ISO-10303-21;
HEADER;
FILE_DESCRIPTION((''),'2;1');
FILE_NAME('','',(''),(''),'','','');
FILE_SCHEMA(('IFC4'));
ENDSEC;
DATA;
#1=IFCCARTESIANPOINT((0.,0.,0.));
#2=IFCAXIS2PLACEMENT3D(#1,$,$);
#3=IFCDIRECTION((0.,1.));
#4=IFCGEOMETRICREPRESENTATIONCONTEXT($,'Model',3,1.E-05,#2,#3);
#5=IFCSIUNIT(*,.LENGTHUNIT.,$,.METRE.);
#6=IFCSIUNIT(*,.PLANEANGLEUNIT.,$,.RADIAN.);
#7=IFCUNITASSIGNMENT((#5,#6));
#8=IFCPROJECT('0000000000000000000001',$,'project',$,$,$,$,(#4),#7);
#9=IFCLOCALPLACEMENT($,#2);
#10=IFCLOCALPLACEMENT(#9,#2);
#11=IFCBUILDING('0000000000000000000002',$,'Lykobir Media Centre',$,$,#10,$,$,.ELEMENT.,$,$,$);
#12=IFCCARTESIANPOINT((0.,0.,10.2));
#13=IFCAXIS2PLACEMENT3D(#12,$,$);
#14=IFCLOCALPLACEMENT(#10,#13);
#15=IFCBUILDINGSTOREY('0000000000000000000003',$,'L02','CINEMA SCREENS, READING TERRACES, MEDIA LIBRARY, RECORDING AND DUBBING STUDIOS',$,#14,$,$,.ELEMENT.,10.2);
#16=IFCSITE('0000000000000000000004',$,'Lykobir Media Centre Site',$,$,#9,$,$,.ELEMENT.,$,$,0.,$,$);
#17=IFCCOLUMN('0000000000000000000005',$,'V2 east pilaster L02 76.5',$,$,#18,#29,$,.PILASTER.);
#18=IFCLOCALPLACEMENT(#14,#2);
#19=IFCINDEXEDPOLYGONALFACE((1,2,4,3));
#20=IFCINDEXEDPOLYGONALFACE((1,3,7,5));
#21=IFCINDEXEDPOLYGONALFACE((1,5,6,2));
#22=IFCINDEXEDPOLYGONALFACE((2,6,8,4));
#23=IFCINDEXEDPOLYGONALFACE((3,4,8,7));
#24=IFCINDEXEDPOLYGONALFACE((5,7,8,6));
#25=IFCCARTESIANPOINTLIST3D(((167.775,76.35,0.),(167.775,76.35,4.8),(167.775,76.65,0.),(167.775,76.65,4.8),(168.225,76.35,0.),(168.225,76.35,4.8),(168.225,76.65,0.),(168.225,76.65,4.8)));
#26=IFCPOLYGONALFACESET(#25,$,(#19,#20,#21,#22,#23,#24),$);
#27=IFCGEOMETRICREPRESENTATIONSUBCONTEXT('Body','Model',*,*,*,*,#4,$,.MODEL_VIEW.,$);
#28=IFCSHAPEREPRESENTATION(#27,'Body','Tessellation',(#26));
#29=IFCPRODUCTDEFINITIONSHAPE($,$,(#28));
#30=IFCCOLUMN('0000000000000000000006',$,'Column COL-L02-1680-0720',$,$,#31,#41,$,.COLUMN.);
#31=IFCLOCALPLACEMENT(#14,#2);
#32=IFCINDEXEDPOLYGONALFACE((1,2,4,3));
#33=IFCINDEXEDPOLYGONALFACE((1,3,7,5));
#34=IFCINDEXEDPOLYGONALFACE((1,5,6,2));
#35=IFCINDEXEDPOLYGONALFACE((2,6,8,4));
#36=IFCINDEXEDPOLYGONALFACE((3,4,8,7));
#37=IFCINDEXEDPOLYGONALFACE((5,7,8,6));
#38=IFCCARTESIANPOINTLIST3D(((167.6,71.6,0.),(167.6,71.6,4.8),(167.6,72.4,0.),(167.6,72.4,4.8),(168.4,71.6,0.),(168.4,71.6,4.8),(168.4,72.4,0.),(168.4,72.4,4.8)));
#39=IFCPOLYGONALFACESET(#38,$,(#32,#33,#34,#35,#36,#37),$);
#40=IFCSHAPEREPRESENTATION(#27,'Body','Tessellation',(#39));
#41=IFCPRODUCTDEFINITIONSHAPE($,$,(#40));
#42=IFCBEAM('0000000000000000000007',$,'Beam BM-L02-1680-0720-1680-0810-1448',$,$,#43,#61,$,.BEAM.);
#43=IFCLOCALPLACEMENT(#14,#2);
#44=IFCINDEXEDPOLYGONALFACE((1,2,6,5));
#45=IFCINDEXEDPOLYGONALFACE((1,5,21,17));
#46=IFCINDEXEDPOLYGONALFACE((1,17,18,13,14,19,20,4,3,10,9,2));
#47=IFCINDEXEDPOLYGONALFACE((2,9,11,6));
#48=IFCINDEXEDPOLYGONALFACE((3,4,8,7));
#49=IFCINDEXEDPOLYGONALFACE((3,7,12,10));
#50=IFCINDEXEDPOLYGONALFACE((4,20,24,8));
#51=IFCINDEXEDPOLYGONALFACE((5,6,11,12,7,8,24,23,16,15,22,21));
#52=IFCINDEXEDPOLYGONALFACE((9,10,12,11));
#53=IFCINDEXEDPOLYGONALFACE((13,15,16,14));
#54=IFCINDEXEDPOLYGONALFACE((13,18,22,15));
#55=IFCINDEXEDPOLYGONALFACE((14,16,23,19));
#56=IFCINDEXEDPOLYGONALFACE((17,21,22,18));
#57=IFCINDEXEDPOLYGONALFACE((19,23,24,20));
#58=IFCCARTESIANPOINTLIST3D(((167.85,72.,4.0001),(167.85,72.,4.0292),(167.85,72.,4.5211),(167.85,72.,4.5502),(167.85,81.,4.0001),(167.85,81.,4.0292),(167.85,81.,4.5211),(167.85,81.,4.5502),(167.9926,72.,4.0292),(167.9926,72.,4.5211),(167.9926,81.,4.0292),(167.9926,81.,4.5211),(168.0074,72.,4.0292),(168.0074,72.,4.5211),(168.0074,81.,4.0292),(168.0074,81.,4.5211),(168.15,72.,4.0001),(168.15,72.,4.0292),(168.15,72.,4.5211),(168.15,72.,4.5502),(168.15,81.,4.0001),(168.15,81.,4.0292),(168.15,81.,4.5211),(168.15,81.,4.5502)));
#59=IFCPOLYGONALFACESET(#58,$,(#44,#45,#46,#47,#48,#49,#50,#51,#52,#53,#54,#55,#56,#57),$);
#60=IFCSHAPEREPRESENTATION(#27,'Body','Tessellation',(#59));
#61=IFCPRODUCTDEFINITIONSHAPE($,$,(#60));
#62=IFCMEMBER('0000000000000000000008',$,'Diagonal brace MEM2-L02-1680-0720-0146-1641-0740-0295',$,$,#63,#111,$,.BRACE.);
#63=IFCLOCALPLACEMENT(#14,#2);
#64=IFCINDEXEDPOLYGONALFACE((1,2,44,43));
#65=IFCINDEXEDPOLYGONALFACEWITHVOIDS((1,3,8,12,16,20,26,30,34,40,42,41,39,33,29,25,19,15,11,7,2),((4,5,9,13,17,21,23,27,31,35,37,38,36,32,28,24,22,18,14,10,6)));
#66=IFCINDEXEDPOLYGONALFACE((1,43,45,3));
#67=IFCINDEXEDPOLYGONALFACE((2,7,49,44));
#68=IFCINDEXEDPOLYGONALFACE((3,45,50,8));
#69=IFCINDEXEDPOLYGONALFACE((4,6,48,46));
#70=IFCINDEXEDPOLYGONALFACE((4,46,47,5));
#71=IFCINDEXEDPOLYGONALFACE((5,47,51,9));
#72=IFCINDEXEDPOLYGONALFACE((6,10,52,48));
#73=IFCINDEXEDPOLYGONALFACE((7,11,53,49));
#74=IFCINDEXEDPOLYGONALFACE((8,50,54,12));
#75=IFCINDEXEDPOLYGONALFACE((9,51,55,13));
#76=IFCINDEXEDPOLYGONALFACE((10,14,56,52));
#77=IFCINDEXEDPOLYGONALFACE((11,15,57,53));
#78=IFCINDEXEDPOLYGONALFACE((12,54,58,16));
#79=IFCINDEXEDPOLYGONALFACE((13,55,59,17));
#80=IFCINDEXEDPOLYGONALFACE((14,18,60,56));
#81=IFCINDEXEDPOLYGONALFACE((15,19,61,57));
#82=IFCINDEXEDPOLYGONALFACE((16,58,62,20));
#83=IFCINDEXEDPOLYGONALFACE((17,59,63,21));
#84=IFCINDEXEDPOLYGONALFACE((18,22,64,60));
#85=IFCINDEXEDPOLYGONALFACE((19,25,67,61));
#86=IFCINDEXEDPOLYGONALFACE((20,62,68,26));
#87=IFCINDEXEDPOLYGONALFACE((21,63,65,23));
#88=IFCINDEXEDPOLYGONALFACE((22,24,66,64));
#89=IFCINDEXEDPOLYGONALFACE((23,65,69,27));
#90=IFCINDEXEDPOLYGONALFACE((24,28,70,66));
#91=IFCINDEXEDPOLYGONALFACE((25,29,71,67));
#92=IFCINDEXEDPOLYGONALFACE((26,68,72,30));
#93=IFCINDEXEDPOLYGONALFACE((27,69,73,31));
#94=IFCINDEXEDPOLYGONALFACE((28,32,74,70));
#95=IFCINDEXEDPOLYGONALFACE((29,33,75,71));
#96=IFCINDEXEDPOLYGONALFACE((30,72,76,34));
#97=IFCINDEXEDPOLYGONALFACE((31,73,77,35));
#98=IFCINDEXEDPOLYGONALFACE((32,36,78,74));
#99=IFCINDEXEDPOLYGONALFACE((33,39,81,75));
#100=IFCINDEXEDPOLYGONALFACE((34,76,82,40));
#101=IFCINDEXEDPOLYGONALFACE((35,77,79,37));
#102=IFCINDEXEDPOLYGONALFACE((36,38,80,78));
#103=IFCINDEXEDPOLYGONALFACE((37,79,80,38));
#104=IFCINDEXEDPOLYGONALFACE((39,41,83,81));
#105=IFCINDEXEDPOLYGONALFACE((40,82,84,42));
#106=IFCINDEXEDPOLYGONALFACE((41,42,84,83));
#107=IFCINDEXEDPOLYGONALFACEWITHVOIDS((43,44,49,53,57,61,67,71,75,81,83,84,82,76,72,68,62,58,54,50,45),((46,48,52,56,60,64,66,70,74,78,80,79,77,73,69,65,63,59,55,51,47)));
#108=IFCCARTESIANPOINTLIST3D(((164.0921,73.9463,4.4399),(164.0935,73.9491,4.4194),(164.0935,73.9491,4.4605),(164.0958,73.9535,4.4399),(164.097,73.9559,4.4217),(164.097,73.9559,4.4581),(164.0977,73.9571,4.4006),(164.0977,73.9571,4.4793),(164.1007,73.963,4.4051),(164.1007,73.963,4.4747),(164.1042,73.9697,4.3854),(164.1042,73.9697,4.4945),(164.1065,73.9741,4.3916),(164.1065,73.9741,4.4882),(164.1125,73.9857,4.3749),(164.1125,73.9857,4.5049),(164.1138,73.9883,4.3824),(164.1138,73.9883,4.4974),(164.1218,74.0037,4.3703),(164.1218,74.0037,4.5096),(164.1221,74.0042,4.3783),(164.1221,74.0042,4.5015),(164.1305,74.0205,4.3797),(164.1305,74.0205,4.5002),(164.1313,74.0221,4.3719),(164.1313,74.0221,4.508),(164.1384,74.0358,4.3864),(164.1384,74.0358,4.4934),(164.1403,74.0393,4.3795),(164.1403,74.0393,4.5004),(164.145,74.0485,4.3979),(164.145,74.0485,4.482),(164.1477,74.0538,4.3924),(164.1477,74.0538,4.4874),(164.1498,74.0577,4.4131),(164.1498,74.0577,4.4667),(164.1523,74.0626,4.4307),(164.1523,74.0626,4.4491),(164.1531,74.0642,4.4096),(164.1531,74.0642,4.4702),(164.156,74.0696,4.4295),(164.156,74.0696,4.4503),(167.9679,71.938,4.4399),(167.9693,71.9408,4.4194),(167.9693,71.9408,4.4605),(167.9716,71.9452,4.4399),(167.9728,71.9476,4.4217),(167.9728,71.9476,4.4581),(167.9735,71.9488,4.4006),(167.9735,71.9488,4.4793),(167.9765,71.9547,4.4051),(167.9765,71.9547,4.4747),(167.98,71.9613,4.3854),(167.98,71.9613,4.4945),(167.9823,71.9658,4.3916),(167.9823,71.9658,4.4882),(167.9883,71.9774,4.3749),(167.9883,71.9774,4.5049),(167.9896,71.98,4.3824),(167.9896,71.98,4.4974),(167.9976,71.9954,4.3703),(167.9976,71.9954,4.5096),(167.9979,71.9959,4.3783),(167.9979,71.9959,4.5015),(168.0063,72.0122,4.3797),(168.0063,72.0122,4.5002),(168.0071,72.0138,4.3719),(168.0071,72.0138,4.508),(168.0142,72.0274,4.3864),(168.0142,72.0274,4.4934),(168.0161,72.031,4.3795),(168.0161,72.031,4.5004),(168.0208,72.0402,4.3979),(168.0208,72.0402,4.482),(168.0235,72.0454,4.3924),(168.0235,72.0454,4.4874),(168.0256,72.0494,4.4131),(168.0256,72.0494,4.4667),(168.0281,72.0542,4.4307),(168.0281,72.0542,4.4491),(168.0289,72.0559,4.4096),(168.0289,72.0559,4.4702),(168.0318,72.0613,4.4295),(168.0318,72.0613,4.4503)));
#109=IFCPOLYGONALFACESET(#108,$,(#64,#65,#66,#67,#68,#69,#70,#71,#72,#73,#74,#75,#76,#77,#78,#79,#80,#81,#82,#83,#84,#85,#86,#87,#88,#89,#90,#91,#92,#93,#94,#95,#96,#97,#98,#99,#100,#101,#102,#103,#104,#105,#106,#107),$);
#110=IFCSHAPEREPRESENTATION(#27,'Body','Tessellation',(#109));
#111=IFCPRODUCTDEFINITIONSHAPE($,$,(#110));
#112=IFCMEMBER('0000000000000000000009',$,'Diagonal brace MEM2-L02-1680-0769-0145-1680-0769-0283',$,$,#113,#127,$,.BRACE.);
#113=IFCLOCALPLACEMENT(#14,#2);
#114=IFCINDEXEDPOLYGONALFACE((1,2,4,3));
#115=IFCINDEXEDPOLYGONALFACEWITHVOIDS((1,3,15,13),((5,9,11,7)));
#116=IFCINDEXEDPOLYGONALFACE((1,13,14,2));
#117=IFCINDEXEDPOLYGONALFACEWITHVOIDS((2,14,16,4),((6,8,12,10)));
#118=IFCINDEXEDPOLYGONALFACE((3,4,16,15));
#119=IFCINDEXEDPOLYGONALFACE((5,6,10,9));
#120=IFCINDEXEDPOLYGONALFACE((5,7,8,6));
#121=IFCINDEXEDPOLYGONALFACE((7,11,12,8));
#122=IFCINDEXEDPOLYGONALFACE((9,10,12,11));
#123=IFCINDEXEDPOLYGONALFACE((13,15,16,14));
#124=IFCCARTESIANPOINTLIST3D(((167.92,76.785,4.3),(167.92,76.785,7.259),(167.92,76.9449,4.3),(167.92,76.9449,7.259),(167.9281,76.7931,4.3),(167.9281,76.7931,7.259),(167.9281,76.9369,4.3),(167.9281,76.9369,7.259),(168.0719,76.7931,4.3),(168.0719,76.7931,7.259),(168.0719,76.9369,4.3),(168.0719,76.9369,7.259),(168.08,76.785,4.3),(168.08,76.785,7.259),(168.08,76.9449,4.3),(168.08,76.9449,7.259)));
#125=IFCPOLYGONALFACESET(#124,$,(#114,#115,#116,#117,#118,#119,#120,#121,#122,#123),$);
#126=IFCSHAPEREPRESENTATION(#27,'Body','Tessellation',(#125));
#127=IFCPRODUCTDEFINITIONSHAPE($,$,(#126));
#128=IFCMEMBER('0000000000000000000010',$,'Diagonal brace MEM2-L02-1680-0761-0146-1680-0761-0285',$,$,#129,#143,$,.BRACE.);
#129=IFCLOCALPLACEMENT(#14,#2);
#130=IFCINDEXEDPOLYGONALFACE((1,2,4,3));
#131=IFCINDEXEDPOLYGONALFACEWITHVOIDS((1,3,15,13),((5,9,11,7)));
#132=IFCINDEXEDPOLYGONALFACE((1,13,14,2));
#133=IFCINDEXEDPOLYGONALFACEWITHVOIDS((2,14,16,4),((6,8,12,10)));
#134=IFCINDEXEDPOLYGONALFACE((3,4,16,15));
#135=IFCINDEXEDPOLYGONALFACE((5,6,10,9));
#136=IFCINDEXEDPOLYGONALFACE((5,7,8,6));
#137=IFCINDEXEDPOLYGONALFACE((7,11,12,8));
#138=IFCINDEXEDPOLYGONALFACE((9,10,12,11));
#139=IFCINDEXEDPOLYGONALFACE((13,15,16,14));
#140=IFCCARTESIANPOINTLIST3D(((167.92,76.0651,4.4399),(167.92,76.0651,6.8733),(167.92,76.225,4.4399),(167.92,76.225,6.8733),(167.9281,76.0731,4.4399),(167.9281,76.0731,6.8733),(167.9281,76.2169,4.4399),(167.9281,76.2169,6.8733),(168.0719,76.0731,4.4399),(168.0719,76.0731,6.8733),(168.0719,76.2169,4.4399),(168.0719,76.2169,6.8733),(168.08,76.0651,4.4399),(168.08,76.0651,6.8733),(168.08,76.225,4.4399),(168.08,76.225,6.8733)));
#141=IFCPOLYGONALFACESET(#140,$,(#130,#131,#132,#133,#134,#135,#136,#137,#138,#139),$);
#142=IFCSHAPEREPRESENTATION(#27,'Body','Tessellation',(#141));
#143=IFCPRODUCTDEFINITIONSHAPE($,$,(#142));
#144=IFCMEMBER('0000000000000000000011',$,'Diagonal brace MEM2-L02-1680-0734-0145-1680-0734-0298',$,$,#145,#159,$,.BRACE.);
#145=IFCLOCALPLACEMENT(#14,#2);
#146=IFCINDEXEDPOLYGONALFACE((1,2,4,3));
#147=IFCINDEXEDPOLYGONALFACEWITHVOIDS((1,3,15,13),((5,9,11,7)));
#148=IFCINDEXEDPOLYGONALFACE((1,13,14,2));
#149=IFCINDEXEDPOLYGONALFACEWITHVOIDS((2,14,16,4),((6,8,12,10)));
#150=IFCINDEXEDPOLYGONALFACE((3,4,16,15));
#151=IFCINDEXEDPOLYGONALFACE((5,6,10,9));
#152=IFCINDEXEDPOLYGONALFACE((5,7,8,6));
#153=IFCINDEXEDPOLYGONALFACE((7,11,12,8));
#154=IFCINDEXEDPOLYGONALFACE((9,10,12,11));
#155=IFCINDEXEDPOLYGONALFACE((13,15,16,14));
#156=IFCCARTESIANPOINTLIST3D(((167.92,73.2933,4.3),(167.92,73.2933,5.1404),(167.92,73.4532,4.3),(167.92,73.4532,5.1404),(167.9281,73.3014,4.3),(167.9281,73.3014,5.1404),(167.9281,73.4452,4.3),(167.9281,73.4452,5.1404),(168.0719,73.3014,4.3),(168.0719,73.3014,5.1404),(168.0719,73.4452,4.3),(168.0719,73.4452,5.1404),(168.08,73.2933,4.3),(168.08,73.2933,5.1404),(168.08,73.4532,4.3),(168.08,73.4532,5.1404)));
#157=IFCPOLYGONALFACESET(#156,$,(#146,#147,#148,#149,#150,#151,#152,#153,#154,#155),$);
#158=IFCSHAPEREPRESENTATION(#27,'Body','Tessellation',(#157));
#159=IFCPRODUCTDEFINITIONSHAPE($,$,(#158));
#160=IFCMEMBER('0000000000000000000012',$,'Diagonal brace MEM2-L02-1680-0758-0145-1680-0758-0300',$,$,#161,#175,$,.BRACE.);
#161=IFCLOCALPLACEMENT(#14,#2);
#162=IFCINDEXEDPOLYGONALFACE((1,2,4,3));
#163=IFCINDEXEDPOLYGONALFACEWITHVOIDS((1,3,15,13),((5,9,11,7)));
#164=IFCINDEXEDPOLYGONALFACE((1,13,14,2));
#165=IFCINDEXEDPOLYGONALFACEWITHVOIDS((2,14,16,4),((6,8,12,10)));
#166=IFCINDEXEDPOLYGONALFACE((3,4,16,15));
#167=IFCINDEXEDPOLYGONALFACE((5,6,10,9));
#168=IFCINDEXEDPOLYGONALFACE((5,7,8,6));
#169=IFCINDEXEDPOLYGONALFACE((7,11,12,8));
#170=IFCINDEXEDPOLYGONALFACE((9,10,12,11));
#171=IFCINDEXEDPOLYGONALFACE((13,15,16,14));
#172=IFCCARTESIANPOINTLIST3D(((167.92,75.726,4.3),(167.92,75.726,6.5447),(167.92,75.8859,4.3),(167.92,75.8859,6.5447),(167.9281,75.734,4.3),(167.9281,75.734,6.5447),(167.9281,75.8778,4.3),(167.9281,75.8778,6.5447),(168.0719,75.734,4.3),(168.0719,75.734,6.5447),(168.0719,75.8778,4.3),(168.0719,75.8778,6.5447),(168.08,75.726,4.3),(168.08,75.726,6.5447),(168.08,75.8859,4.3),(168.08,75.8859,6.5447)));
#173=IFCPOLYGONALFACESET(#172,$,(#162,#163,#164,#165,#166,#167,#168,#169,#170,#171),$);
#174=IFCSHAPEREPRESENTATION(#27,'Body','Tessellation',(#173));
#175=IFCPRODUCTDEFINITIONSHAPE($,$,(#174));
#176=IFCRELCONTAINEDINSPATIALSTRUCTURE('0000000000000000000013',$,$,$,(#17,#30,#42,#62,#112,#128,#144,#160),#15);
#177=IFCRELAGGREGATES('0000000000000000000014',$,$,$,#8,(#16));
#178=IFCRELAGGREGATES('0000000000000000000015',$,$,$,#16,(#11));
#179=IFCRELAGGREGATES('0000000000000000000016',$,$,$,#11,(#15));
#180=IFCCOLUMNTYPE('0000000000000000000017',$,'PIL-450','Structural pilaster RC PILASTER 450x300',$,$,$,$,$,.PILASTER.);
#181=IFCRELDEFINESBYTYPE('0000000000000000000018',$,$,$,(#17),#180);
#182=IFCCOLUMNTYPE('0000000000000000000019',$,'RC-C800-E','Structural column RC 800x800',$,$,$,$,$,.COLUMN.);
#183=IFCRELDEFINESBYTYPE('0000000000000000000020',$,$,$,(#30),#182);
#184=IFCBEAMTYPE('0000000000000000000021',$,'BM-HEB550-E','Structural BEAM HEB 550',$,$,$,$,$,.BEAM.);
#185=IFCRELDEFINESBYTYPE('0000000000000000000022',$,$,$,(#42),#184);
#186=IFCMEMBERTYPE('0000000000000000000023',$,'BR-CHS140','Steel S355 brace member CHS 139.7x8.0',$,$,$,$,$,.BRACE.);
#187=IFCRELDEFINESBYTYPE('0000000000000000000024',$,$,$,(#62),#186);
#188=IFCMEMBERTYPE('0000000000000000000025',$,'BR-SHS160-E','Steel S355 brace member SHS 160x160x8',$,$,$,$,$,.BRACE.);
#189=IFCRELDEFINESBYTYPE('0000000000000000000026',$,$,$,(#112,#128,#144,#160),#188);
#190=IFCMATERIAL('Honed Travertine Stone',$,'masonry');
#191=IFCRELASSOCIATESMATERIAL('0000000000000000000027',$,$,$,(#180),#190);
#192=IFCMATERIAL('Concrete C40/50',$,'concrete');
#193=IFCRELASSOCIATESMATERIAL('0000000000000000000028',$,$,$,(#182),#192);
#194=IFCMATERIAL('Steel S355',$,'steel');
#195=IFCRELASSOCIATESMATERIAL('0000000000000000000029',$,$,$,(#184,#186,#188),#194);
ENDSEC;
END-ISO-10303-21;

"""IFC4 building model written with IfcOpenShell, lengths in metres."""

from ifc_helpers import new_model, si_unit, direction, frame, origin, origin_2d, place, context, subcontext, project, spatial, rectangle, hollow_rectangle, hollow_circle, i_section, extrude, material, material_profile, profile_set, type_object, element, save


model = new_model("IFC4")

# Units and contexts
model_context = context("Model", 3, precision=1e-05, world=origin(), true_north=direction((0.0, 1.0)))
body_context = subcontext(model_context, "Body", "Model", "MODEL_VIEW")
ifc_project = project(units=[si_unit("LENGTHUNIT", "METRE"), si_unit("PLANEANGLEUNIT", "RADIAN")], contexts=[model_context])

# Site, building, storey
site_placement = place(None, origin())
site = spatial("IfcSite", under=ifc_project, at=site_placement, Name="Lykobir Media Centre Site", CompositionType="ELEMENT", RefElevation=0.0)
building_placement = place(site_placement, origin())
building = spatial("IfcBuilding", under=site, at=building_placement, Name="Lykobir Media Centre", CompositionType="ELEMENT")
storey_placement = place(building_placement, frame((0.0, 0.0, 10.2)))
storey = spatial("IfcBuildingStorey", under=building, at=storey_placement, Name="L02", Description="CINEMA SCREENS, READING TERRACES, MEDIA LIBRARY, RECORDING AND DUBBING STUDIOS", CompositionType="ELEMENT", Elevation=10.2)

# Columns
ifc_material_1 = material(Name="Honed Travertine Stone", Category="masonry")
ifc_material_profile_1 = material_profile(ifc_material_1, rectangle(XDim=0.3, YDim=0.45, at=origin_2d()), Name="RC PILASTER 450x300")
ifc_profile_set_1 = profile_set([ifc_material_profile_1], Name="Honed Travertine Stone")
column_type_1 = type_object("IfcColumnType", Name="PIL-450", Description="Structural pilaster RC PILASTER 450x300", PredefinedType="PILASTER", material=ifc_profile_set_1)
column_1_placement = place(storey_placement, frame((168.0, 76.5, 0.0), z_axis=(0.0, 0.0, 1.0), x_axis=(0.0, 1.0, 0.0)))
element("IfcColumn", 1, at=column_1_placement, inside=storey, type_object=column_type_1, Name="V2 east pilaster L02 76.5", PredefinedType="PILASTER", context=body_context, shape_type="SweptSolid", body=[
    extrude(rectangle(XDim=0.3, YDim=0.45, at=origin_2d()), origin(), (0.0, 0.0, 1.0), 4.8),
])
ifc_material_2 = material(Name="Concrete C40/50", Category="concrete")
ifc_material_profile_2 = material_profile(ifc_material_2, rectangle(XDim=0.8, YDim=0.8, at=origin_2d()), Name="RC 800x800")
ifc_profile_set_2 = profile_set([ifc_material_profile_2], Name="Concrete C40/50")
column_type_2 = type_object("IfcColumnType", Name="RC-C800-E", Description="Structural column RC 800x800", PredefinedType="COLUMN", material=ifc_profile_set_2)
column_2_placement = place(storey_placement, frame((168.0, 72.0, 0.0), z_axis=(0.0, 0.0, 1.0), x_axis=(1.0, 0.0, 0.0)))
element("IfcColumn", 2, at=column_2_placement, inside=storey, type_object=column_type_2, Name="Column COL-L02-1680-0720", PredefinedType="COLUMN", context=body_context, shape_type="SweptSolid", body=[
    extrude(rectangle(XDim=0.8, YDim=0.8, at=origin_2d()), origin(), (0.0, 0.0, 1.0), 4.8),
])

# Beam
ifc_material_3 = material(Name="Steel S355", Category="steel")
ifc_material_profile_3 = material_profile(ifc_material_3, i_section(OverallWidth=0.3, OverallDepth=0.55, WebThickness=0.0149, FlangeThickness=0.0291, at=origin_2d()), Name="HEB 550")
ifc_profile_set_3 = profile_set([ifc_material_profile_3], Name="Steel S355")
beam_type = type_object("IfcBeamType", Name="BM-HEB550-E", Description="Structural BEAM HEB 550", PredefinedType="BEAM", material=ifc_profile_set_3)
beam_placement = place(storey_placement, frame((168.0, 72.0, 4.2751), z_axis=(0.0, 1.0, 0.0), x_axis=(-1.0, 0.0, 0.0)))
element("IfcBeam", 3, at=beam_placement, inside=storey, type_object=beam_type, Name="Beam BM-L02-1680-0720-1680-0810-1448", PredefinedType="BEAM", context=body_context, shape_type="SweptSolid", body=[
    extrude(i_section(OverallWidth=0.3, OverallDepth=0.55, WebThickness=0.0149, FlangeThickness=0.0291, at=origin_2d()), origin(), (0.0, 0.0, 1.0), 9.0),
])

# Members
ifc_material_profile_4 = material_profile(ifc_material_3, hollow_circle(Radius=0.0698, WallThickness=0.0081, at=origin_2d()), Name="CHS 139.7x8.0")
ifc_profile_set_4 = profile_set([ifc_material_profile_4], Name="Steel S355")
member_type_1 = type_object("IfcMemberType", Name="BR-CHS140", Description="Steel S355 brace member CHS 139.7x8.0", PredefinedType="BRACE", material=ifc_profile_set_4)
member_1_placement = place(storey_placement, frame((168.0, 72.0, 4.4399), z_axis=(-0.88788, 0.460076, 0.0), x_axis=(-0.460076, -0.88788, 0.0)))
element("IfcMember", 4, at=member_1_placement, inside=storey, type_object=member_type_1, Name="Diagonal brace MEM2-L02-1680-0720-0146-1641-0740-0295", PredefinedType="BRACE", context=body_context, shape_type="SweptSolid", body=[
    extrude(hollow_circle(Radius=0.0698, WallThickness=0.0081, at=origin_2d()), origin(), (0.0, 0.0, 1.0), 4.3652),
])
ifc_material_profile_5 = material_profile(ifc_material_3, hollow_rectangle(XDim=0.1599, YDim=0.1599, WallThickness=0.0081, at=origin_2d()), Name="SHS 160x160x8")
ifc_profile_set_5 = profile_set([ifc_material_profile_5], Name="Steel S355")
member_type_2 = type_object("IfcMemberType", Name="BR-SHS160-E", Description="Steel S355 brace member SHS 160x160x8", PredefinedType="BRACE", material=ifc_profile_set_5)
member_2_placement = place(storey_placement, frame((168.0, 76.865, 4.3), z_axis=(0.0, 0.0, 1.0), x_axis=(1.0, 0.0, 0.0)))
element("IfcMember", 5, at=member_2_placement, inside=storey, type_object=member_type_2, Name="Diagonal brace MEM2-L02-1680-0769-0145-1680-0769-0283", PredefinedType="BRACE", context=body_context, shape_type="SweptSolid", body=[
    extrude(hollow_rectangle(XDim=0.1599, YDim=0.1599, WallThickness=0.0081, at=origin_2d()), origin(), (0.0, 0.0, 1.0), 2.959),
])
member_3_placement = place(storey_placement, frame((168.0, 76.145, 4.4399), z_axis=(0.0, 0.0, 1.0), x_axis=(1.0, 0.0, 0.0)))
element("IfcMember", 6, at=member_3_placement, inside=storey, type_object=member_type_2, Name="Diagonal brace MEM2-L02-1680-0761-0146-1680-0761-0285", PredefinedType="BRACE", context=body_context, shape_type="SweptSolid", body=[
    extrude(hollow_rectangle(XDim=0.1599, YDim=0.1599, WallThickness=0.0081, at=origin_2d()), origin(), (0.0, 0.0, 1.0), 2.4333),
])
member_4_placement = place(storey_placement, frame((168.0, 73.3733, 4.3), z_axis=(0.0, 0.0, 1.0), x_axis=(1.0, 0.0, 0.0)))
element("IfcMember", 7, at=member_4_placement, inside=storey, type_object=member_type_2, Name="Diagonal brace MEM2-L02-1680-0734-0145-1680-0734-0298", PredefinedType="BRACE", context=body_context, shape_type="SweptSolid", body=[
    extrude(hollow_rectangle(XDim=0.1599, YDim=0.1599, WallThickness=0.0081, at=origin_2d()), origin(), (0.0, 0.0, 1.0), 0.8403),
])
member_5_placement = place(storey_placement, frame((168.0, 75.8059, 4.3), z_axis=(0.0, 0.0, 1.0), x_axis=(1.0, 0.0, 0.0)))
element("IfcMember", 8, at=member_5_placement, inside=storey, type_object=member_type_2, Name="Diagonal brace MEM2-L02-1680-0758-0145-1680-0758-0300", PredefinedType="BRACE", context=body_context, shape_type="SweptSolid", body=[
    extrude(hollow_rectangle(XDim=0.1599, YDim=0.1599, WallThickness=0.0081, at=origin_2d()), origin(), (0.0, 0.0, 1.0), 2.2446),
])

save(model, "model.ifc")
